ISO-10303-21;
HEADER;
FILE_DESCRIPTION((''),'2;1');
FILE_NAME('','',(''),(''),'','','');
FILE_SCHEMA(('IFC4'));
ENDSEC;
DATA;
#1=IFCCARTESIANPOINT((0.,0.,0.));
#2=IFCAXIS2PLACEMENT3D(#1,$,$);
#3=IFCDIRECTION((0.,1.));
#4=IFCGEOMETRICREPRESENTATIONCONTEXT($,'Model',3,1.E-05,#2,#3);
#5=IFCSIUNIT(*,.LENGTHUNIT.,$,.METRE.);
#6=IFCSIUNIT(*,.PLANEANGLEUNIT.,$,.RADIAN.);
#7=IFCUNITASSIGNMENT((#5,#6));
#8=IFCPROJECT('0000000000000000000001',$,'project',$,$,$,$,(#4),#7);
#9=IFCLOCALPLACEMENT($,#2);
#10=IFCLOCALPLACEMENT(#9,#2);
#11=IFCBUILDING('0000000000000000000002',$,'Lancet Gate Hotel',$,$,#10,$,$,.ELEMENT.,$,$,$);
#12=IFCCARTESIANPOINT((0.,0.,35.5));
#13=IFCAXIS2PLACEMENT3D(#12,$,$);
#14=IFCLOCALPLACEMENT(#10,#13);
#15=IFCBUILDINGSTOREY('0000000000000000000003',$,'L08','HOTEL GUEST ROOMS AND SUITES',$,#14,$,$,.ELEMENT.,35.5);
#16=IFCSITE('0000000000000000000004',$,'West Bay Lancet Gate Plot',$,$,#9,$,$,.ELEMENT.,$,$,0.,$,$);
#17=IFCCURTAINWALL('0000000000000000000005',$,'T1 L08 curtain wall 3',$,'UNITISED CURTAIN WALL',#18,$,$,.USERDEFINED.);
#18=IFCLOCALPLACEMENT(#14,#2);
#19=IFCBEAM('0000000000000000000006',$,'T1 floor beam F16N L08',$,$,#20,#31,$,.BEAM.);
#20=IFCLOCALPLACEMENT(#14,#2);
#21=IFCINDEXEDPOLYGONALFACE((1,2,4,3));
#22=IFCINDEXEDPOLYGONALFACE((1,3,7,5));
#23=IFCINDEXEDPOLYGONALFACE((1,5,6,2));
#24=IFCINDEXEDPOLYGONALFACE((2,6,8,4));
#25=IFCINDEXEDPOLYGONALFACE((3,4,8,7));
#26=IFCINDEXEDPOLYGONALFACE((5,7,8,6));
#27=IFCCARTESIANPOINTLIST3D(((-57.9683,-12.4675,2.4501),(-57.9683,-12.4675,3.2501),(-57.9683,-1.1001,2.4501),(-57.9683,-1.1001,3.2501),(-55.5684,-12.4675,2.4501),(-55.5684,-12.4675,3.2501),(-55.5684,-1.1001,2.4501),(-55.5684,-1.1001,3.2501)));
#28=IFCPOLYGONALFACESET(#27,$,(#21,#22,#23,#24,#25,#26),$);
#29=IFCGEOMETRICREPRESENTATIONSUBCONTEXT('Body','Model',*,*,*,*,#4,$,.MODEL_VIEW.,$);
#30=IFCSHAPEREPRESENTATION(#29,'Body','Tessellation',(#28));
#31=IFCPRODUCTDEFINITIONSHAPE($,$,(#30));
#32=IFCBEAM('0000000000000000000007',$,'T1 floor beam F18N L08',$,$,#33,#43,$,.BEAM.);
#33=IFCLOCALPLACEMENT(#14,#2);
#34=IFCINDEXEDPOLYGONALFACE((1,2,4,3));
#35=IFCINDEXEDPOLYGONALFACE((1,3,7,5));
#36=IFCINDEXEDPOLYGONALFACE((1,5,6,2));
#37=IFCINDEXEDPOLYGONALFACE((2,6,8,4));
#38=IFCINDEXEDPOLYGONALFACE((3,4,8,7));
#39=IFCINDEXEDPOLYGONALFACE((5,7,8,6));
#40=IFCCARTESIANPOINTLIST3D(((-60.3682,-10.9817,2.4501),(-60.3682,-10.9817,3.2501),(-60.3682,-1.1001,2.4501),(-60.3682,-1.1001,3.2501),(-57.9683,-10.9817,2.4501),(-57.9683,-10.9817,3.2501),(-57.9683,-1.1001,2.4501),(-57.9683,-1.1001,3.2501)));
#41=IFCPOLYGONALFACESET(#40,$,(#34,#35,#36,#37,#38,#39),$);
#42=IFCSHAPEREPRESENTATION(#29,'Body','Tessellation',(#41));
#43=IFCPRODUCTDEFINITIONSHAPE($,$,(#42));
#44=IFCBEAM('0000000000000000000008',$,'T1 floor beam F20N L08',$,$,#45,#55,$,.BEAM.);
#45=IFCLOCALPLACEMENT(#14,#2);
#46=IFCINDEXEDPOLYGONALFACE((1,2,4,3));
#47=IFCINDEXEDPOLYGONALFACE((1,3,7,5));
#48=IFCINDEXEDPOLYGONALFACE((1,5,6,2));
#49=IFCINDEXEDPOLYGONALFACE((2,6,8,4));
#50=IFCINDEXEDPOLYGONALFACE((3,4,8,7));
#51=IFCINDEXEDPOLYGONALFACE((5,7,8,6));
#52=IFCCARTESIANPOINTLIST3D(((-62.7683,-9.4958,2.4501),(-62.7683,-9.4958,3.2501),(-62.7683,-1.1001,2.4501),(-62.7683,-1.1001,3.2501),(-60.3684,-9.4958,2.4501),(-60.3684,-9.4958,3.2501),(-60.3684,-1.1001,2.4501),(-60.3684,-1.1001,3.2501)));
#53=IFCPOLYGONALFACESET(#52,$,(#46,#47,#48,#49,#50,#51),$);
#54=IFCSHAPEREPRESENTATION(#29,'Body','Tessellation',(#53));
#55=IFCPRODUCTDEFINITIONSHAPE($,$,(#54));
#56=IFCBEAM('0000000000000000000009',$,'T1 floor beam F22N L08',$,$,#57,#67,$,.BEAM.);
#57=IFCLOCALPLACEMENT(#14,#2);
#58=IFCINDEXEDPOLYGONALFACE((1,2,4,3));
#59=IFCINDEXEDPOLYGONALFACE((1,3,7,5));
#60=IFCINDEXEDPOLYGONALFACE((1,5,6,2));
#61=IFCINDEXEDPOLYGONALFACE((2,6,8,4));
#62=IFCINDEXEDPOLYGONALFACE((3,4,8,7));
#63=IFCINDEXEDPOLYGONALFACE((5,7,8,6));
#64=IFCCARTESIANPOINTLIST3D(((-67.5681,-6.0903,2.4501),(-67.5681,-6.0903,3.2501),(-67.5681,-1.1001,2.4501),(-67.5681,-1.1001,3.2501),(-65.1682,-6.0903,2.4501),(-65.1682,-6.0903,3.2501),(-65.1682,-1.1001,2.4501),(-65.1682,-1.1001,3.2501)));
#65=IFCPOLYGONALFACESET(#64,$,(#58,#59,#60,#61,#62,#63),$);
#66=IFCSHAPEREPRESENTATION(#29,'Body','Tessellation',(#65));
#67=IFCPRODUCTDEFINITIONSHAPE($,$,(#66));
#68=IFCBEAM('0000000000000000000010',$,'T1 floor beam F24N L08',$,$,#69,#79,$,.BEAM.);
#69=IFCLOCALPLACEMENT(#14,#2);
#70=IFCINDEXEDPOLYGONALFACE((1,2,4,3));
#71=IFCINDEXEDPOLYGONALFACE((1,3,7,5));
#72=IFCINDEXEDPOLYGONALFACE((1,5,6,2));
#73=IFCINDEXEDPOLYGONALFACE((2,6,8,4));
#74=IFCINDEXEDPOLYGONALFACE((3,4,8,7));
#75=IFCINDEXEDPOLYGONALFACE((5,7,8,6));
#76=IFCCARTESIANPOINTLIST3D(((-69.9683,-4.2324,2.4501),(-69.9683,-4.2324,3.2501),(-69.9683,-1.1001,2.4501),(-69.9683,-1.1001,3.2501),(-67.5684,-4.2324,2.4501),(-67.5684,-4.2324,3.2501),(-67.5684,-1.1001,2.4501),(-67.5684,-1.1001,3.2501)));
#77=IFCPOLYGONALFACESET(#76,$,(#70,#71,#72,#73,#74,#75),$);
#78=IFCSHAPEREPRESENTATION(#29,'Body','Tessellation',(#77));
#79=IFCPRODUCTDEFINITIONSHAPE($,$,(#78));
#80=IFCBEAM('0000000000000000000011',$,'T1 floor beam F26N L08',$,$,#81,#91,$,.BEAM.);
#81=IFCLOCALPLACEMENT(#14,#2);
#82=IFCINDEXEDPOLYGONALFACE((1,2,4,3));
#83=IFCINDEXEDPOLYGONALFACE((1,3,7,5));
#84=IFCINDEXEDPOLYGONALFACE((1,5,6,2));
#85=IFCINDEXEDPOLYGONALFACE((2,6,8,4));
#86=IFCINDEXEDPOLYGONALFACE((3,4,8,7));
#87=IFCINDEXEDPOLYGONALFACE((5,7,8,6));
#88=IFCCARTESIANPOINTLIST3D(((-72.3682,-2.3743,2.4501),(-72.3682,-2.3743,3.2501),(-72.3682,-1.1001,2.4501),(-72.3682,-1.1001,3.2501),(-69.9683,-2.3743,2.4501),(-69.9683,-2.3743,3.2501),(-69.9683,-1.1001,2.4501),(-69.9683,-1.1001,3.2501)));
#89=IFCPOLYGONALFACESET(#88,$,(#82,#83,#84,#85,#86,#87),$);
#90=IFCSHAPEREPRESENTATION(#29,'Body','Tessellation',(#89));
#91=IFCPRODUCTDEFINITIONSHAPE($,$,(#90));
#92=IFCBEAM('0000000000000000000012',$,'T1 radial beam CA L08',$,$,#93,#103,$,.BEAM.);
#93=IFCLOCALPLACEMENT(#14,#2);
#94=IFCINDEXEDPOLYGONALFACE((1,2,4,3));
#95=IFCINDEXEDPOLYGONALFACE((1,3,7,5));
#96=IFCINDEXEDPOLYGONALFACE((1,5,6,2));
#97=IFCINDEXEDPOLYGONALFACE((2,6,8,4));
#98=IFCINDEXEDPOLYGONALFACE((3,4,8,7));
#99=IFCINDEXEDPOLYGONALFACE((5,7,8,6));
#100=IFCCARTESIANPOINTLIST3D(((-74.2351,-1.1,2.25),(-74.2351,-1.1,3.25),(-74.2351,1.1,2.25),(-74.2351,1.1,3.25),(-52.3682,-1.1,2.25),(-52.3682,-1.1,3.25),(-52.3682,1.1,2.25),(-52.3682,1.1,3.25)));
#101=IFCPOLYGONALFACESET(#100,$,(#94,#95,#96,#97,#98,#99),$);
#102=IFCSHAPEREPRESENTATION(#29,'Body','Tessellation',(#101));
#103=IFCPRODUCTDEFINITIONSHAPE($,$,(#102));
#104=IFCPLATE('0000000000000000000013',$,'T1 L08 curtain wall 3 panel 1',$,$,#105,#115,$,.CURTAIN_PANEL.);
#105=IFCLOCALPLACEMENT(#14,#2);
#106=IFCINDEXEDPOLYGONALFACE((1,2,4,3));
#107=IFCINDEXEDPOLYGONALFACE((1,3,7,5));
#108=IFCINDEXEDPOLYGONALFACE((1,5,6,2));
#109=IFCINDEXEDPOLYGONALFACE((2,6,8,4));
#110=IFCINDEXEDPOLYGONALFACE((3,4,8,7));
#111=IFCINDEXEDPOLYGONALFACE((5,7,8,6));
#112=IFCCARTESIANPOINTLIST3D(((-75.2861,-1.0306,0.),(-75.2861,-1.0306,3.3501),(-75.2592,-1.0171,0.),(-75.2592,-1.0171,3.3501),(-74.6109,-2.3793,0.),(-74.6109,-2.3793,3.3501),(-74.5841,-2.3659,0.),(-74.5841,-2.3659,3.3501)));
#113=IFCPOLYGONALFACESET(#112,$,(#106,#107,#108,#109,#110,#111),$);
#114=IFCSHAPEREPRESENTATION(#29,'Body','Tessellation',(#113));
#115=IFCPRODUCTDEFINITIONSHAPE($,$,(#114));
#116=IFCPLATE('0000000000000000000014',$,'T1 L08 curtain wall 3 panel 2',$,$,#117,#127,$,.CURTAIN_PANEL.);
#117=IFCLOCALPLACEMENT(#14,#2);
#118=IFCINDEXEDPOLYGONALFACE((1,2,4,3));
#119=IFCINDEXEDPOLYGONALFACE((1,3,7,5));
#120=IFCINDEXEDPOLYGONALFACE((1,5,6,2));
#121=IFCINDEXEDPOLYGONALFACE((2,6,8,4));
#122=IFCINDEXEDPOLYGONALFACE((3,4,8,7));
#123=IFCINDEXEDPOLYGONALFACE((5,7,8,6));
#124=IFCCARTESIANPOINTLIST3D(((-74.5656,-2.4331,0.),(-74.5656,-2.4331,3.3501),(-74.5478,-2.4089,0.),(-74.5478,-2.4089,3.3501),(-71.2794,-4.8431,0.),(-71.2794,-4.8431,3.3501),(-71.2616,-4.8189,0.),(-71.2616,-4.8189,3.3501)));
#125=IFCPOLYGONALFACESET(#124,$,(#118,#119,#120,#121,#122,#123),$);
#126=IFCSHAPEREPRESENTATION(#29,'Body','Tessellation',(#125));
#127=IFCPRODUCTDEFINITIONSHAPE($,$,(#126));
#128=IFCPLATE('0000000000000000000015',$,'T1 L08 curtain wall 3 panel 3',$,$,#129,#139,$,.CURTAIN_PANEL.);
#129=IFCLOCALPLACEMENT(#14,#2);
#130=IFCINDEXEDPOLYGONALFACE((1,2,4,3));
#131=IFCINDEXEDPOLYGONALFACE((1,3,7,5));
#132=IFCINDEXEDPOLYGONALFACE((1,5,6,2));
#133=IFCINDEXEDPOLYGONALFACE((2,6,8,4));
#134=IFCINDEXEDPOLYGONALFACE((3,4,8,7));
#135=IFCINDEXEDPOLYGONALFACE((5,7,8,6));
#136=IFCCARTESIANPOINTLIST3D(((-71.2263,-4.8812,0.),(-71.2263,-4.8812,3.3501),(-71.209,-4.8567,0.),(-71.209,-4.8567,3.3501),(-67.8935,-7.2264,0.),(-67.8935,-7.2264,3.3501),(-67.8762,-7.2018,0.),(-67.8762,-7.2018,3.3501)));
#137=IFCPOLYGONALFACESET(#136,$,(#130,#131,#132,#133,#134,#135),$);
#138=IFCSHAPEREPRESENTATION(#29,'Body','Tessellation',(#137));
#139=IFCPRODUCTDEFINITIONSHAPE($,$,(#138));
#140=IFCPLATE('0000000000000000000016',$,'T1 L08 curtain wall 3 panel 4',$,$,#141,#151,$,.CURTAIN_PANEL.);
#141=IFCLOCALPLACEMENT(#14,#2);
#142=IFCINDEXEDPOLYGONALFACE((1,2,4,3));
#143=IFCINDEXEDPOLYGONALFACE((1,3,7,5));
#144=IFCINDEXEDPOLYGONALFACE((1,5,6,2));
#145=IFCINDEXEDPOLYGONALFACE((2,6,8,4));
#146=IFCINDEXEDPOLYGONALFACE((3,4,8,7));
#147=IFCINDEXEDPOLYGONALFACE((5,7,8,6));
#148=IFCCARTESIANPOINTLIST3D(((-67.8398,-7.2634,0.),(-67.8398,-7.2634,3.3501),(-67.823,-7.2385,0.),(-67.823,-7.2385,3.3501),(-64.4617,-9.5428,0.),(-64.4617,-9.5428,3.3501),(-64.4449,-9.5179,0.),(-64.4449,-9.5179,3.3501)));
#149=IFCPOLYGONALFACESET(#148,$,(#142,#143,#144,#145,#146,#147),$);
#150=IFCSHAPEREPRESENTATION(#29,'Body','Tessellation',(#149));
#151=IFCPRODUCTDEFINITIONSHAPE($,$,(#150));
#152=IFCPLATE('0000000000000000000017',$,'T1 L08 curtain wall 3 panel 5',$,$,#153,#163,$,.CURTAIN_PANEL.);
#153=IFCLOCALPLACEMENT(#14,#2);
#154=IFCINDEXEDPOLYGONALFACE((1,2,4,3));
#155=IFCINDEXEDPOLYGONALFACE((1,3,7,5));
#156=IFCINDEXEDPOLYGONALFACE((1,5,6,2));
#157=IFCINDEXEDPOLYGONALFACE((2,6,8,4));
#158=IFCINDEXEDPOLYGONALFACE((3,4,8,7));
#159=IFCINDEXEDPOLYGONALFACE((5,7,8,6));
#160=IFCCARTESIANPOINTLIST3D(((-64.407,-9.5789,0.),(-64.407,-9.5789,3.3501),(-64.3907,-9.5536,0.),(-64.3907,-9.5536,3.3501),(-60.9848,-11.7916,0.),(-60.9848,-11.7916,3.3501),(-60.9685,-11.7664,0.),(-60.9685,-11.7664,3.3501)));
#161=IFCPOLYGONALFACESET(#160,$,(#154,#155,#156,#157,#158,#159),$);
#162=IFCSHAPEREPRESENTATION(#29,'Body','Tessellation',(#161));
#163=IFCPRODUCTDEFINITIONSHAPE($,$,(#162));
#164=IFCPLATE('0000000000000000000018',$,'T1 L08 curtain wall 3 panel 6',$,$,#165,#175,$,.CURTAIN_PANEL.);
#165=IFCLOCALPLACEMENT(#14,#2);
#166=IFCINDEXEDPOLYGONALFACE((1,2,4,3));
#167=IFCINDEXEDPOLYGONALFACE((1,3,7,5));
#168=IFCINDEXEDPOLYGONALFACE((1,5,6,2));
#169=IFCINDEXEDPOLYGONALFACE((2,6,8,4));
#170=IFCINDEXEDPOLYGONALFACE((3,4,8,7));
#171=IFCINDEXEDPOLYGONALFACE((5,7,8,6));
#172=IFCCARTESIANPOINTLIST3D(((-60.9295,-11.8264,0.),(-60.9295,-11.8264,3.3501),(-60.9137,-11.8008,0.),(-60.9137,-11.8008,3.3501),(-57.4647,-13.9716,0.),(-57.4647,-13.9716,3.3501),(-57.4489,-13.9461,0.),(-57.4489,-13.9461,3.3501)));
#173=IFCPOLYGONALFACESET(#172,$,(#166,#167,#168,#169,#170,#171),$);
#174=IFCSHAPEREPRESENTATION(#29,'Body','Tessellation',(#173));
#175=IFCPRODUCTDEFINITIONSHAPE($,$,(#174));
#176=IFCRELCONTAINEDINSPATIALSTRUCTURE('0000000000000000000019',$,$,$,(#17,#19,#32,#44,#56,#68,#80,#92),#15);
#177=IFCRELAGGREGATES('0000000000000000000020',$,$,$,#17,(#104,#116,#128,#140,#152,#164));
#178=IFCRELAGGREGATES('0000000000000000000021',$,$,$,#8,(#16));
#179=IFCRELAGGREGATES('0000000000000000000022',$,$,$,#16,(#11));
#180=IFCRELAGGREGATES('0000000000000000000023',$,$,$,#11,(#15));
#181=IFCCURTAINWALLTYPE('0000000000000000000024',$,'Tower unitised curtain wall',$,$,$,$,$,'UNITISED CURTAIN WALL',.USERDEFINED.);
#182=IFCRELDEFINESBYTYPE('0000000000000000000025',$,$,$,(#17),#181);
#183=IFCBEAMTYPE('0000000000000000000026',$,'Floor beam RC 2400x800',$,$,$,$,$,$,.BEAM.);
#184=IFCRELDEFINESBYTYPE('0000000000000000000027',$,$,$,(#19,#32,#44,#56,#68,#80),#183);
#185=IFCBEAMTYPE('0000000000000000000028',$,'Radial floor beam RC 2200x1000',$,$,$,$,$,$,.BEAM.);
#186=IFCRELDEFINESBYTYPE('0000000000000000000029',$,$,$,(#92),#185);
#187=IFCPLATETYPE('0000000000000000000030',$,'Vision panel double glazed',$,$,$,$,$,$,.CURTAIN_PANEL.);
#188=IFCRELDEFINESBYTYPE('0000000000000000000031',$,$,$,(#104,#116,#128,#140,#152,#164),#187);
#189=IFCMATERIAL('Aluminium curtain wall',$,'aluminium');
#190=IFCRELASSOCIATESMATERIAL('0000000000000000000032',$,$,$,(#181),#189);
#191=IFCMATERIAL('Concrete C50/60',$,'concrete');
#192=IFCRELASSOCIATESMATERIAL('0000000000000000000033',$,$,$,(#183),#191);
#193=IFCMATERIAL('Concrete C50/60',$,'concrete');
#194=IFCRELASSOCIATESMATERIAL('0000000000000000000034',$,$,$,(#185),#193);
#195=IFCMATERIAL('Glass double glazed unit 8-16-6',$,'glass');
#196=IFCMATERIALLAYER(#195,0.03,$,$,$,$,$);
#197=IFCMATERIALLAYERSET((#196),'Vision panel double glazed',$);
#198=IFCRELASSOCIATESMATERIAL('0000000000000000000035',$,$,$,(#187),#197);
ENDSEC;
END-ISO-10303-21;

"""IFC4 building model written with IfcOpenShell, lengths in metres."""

from ifc_helpers import new_model, si_unit, direction, frame, origin, origin_2d, place, context, subcontext, project, spatial, rectangle, extrude, material, layer, layer_set, material_profile, profile_set, type_object, element, aggregate, save


model = new_model("IFC4")

# Units and contexts
model_context = context("Model", 3, precision=1e-05, world=origin(), true_north=direction((0.0, 1.0)))
body_context = subcontext(model_context, "Body", "Model", "MODEL_VIEW")
ifc_project = project(units=[si_unit("LENGTHUNIT", "METRE"), si_unit("PLANEANGLEUNIT", "RADIAN")], contexts=[model_context])

# Site, building, storey
site_placement = place(None, origin())
site = spatial("IfcSite", under=ifc_project, at=site_placement, Name="West Bay Lancet Gate Plot", CompositionType="ELEMENT", RefElevation=0.0)
building_placement = place(site_placement, origin())
building = spatial("IfcBuilding", under=site, at=building_placement, Name="Lancet Gate Hotel", CompositionType="ELEMENT")
storey_placement = place(building_placement, frame((0.0, 0.0, 35.5)))
storey = spatial("IfcBuildingStorey", under=building, at=storey_placement, Name="L08", Description="HOTEL GUEST ROOMS AND SUITES", CompositionType="ELEMENT", Elevation=35.5)

# Shared definitions
ifc_material_1 = material(Name="Aluminium curtain wall", Category="aluminium")
curtain_wall_type = type_object("IfcCurtainWallType", Name="Tower unitised curtain wall", ElementType="UNITISED CURTAIN WALL", PredefinedType="USERDEFINED", material=ifc_material_1)

# Curtain wall
curtain_wall_1_placement = place(storey_placement, origin())
curtain_wall_1 = element("IfcCurtainWall", 1, at=curtain_wall_1_placement, inside=storey, type_object=curtain_wall_type, Name="T1 L08 curtain wall 3", ObjectType="UNITISED CURTAIN WALL", PredefinedType="USERDEFINED")

# Beams
ifc_material_2 = material(Name="Concrete C50/60", Category="concrete")
ifc_material_profile_1 = material_profile(ifc_material_2, rectangle(XDim=2.3999, YDim=0.8, at=origin_2d()), Name="RC 2400x800")
ifc_profile_set_1 = profile_set([ifc_material_profile_1], Name="Concrete C50/60")
beam_type_1 = type_object("IfcBeamType", Name="Floor beam RC 2400x800", PredefinedType="BEAM", material=ifc_profile_set_1)
beam_1_placement = place(storey_placement, frame((-56.7683, -1.1001, 2.8501), z_axis=(0.0, -1.0, 0.0), x_axis=(1.0, 0.0, 0.0)))
element("IfcBeam", 2, at=beam_1_placement, inside=storey, type_object=beam_type_1, Name="T1 floor beam F16N L08", PredefinedType="BEAM", context=body_context, shape_type="SweptSolid", body=[
    extrude(rectangle(XDim=2.3999, YDim=0.8, at=origin_2d()), origin(), (0.0, 0.0, 1.0), 11.3674),
])
beam_2_placement = place(storey_placement, frame((-59.1682, -1.1001, 2.8501), z_axis=(0.0, -1.0, 0.0), x_axis=(1.0, 0.0, 0.0)))
element("IfcBeam", 3, at=beam_2_placement, inside=storey, type_object=beam_type_1, Name="T1 floor beam F18N L08", PredefinedType="BEAM", context=body_context, shape_type="SweptSolid", body=[
    extrude(rectangle(XDim=2.3999, YDim=0.8, at=origin_2d()), origin(), (0.0, 0.0, 1.0), 9.8816),
])
beam_3_placement = place(storey_placement, frame((-61.5684, -1.1001, 2.8501), z_axis=(0.0, -1.0, 0.0), x_axis=(1.0, 0.0, 0.0)))
element("IfcBeam", 4, at=beam_3_placement, inside=storey, type_object=beam_type_1, Name="T1 floor beam F20N L08", PredefinedType="BEAM", context=body_context, shape_type="SweptSolid", body=[
    extrude(rectangle(XDim=2.3999, YDim=0.8, at=origin_2d()), origin(), (0.0, 0.0, 1.0), 8.3958),
])
beam_4_placement = place(storey_placement, frame((-66.3682, -1.1001, 2.8501), z_axis=(0.0, -1.0, 0.0), x_axis=(1.0, 0.0, 0.0)))
element("IfcBeam", 5, at=beam_4_placement, inside=storey, type_object=beam_type_1, Name="T1 floor beam F22N L08", PredefinedType="BEAM", context=body_context, shape_type="SweptSolid", body=[
    extrude(rectangle(XDim=2.3999, YDim=0.8, at=origin_2d()), origin(), (0.0, 0.0, 1.0), 4.9902),
])
beam_5_placement = place(storey_placement, frame((-68.7683, -1.1001, 2.8501), z_axis=(0.0, -1.0, 0.0), x_axis=(1.0, 0.0, 0.0)))
element("IfcBeam", 6, at=beam_5_placement, inside=storey, type_object=beam_type_1, Name="T1 floor beam F24N L08", PredefinedType="BEAM", context=body_context, shape_type="SweptSolid", body=[
    extrude(rectangle(XDim=2.3999, YDim=0.8, at=origin_2d()), origin(), (0.0, 0.0, 1.0), 3.1323),
])
beam_6_placement = place(storey_placement, frame((-71.1682, -1.1001, 2.8501), z_axis=(0.0, -1.0, 0.0), x_axis=(1.0, 0.0, 0.0)))
element("IfcBeam", 7, at=beam_6_placement, inside=storey, type_object=beam_type_1, Name="T1 floor beam F26N L08", PredefinedType="BEAM", context=body_context, shape_type="SweptSolid", body=[
    extrude(rectangle(XDim=2.3999, YDim=0.8, at=origin_2d()), origin(), (0.0, 0.0, 1.0), 1.2742),
])
ifc_material_3 = material(Name="Concrete C50/60", Category="concrete")
ifc_material_profile_2 = material_profile(ifc_material_3, rectangle(XDim=2.2, YDim=1.0, at=origin_2d()), Name="RC 2200x1000")
ifc_profile_set_2 = profile_set([ifc_material_profile_2], Name="Concrete C50/60")
beam_type_2 = type_object("IfcBeamType", Name="Radial floor beam RC 2200x1000", PredefinedType="BEAM", material=ifc_profile_set_2)
beam_7_placement = place(storey_placement, frame((-74.2351, 0.0, 2.75), z_axis=(1.0, 0.0, 0.0), x_axis=(0.0, 1.0, 0.0)))
element("IfcBeam", 8, at=beam_7_placement, inside=storey, type_object=beam_type_2, Name="T1 radial beam CA L08", PredefinedType="BEAM", context=body_context, shape_type="SweptSolid", body=[
    extrude(rectangle(XDim=2.2, YDim=1.0, at=origin_2d()), origin(), (0.0, 0.0, 1.0), 21.8669),
])

# Plates
ifc_material_4 = material(Name="Glass double glazed unit 8-16-6", Category="glass")
ifc_layer = layer(ifc_material_4, 0.03)
ifc_layer_set = layer_set([ifc_layer], Name="Vision panel double glazed")
plate_type = type_object("IfcPlateType", Name="Vision panel double glazed", PredefinedType="CURTAIN_PANEL", material=ifc_layer_set)
plate_1_placement = place(storey_placement, frame((-74.9351, -1.6982, 0.0), z_axis=(0.0, 0.0, 1.0), x_axis=(0.447628, -0.89422, 0.0)))
plate_1 = element("IfcPlate", 9, at=plate_1_placement, type_object=plate_type, Name="T1 L08 curtain wall 3 panel 1", PredefinedType="CURTAIN_PANEL", context=body_context, shape_type="SweptSolid", body=[
    extrude(rectangle(XDim=1.5083, YDim=0.03, at=origin_2d()), origin(), (0.0, 0.0, 1.0), 3.3501),
])
plate_2_placement = place(storey_placement, frame((-72.9136, -3.626, 0.0), z_axis=(0.0, 0.0, 1.0), x_axis=(0.80639, -0.591384, 0.0)))
plate_2 = element("IfcPlate", 10, at=plate_2_placement, type_object=plate_type, Name="T1 L08 curtain wall 3 panel 2", PredefinedType="CURTAIN_PANEL", context=body_context, shape_type="SweptSolid", body=[
    extrude(rectangle(XDim=4.0752, YDim=0.03, at=origin_2d()), origin(), (0.0, 0.0, 1.0), 3.3501),
])
plate_3_placement = place(storey_placement, frame((-69.5513, -6.0415, 0.0), z_axis=(0.0, 0.0, 1.0), x_axis=(0.817825, -0.575467, 0.0)))
plate_3 = element("IfcPlate", 11, at=plate_3_placement, type_object=plate_type, Name="T1 L08 curtain wall 3 panel 3", PredefinedType="CURTAIN_PANEL", context=body_context, shape_type="SweptSolid", body=[
    extrude(rectangle(XDim=4.0752, YDim=0.03, at=origin_2d()), origin(), (0.0, 0.0, 1.0), 3.3501),
])
plate_4_placement = place(storey_placement, frame((-66.1423, -8.3906, 0.0), z_axis=(0.0, 0.0, 1.0), x_axis=(0.828946, -0.559329, 0.0)))
plate_4 = element("IfcPlate", 12, at=plate_4_placement, type_object=plate_type, Name="T1 L08 curtain wall 3 panel 4", PredefinedType="CURTAIN_PANEL", context=body_context, shape_type="SweptSolid", body=[
    extrude(rectangle(XDim=4.0752, YDim=0.03, at=origin_2d()), origin(), (0.0, 0.0, 1.0), 3.3501),
])
plate_5_placement = place(storey_placement, frame((-62.6877, -10.6726, 0.0), z_axis=(0.0, 0.0, 1.0), x_axis=(0.839749, -0.542975, 0.0)))
plate_5 = element("IfcPlate", 13, at=plate_5_placement, type_object=plate_type, Name="T1 L08 curtain wall 3 panel 5", PredefinedType="CURTAIN_PANEL", context=body_context, shape_type="SweptSolid", body=[
    extrude(rectangle(XDim=4.0752, YDim=0.03, at=origin_2d()), origin(), (0.0, 0.0, 1.0), 3.3501),
])
plate_6_placement = place(storey_placement, frame((-59.1892, -12.8862, 0.0), z_axis=(0.0, 0.0, 1.0), x_axis=(0.850229, -0.526414, 0.0)))
plate_6 = element("IfcPlate", 14, at=plate_6_placement, type_object=plate_type, Name="T1 L08 curtain wall 3 panel 6", PredefinedType="CURTAIN_PANEL", context=body_context, shape_type="SweptSolid", body=[
    extrude(rectangle(XDim=4.0752, YDim=0.03, at=origin_2d()), origin(), (0.0, 0.0, 1.0), 3.3501),
])
aggregate(curtain_wall_1, [plate_1, plate_2, plate_3, plate_4, plate_5, plate_6])

save(model, "model.ifc")
